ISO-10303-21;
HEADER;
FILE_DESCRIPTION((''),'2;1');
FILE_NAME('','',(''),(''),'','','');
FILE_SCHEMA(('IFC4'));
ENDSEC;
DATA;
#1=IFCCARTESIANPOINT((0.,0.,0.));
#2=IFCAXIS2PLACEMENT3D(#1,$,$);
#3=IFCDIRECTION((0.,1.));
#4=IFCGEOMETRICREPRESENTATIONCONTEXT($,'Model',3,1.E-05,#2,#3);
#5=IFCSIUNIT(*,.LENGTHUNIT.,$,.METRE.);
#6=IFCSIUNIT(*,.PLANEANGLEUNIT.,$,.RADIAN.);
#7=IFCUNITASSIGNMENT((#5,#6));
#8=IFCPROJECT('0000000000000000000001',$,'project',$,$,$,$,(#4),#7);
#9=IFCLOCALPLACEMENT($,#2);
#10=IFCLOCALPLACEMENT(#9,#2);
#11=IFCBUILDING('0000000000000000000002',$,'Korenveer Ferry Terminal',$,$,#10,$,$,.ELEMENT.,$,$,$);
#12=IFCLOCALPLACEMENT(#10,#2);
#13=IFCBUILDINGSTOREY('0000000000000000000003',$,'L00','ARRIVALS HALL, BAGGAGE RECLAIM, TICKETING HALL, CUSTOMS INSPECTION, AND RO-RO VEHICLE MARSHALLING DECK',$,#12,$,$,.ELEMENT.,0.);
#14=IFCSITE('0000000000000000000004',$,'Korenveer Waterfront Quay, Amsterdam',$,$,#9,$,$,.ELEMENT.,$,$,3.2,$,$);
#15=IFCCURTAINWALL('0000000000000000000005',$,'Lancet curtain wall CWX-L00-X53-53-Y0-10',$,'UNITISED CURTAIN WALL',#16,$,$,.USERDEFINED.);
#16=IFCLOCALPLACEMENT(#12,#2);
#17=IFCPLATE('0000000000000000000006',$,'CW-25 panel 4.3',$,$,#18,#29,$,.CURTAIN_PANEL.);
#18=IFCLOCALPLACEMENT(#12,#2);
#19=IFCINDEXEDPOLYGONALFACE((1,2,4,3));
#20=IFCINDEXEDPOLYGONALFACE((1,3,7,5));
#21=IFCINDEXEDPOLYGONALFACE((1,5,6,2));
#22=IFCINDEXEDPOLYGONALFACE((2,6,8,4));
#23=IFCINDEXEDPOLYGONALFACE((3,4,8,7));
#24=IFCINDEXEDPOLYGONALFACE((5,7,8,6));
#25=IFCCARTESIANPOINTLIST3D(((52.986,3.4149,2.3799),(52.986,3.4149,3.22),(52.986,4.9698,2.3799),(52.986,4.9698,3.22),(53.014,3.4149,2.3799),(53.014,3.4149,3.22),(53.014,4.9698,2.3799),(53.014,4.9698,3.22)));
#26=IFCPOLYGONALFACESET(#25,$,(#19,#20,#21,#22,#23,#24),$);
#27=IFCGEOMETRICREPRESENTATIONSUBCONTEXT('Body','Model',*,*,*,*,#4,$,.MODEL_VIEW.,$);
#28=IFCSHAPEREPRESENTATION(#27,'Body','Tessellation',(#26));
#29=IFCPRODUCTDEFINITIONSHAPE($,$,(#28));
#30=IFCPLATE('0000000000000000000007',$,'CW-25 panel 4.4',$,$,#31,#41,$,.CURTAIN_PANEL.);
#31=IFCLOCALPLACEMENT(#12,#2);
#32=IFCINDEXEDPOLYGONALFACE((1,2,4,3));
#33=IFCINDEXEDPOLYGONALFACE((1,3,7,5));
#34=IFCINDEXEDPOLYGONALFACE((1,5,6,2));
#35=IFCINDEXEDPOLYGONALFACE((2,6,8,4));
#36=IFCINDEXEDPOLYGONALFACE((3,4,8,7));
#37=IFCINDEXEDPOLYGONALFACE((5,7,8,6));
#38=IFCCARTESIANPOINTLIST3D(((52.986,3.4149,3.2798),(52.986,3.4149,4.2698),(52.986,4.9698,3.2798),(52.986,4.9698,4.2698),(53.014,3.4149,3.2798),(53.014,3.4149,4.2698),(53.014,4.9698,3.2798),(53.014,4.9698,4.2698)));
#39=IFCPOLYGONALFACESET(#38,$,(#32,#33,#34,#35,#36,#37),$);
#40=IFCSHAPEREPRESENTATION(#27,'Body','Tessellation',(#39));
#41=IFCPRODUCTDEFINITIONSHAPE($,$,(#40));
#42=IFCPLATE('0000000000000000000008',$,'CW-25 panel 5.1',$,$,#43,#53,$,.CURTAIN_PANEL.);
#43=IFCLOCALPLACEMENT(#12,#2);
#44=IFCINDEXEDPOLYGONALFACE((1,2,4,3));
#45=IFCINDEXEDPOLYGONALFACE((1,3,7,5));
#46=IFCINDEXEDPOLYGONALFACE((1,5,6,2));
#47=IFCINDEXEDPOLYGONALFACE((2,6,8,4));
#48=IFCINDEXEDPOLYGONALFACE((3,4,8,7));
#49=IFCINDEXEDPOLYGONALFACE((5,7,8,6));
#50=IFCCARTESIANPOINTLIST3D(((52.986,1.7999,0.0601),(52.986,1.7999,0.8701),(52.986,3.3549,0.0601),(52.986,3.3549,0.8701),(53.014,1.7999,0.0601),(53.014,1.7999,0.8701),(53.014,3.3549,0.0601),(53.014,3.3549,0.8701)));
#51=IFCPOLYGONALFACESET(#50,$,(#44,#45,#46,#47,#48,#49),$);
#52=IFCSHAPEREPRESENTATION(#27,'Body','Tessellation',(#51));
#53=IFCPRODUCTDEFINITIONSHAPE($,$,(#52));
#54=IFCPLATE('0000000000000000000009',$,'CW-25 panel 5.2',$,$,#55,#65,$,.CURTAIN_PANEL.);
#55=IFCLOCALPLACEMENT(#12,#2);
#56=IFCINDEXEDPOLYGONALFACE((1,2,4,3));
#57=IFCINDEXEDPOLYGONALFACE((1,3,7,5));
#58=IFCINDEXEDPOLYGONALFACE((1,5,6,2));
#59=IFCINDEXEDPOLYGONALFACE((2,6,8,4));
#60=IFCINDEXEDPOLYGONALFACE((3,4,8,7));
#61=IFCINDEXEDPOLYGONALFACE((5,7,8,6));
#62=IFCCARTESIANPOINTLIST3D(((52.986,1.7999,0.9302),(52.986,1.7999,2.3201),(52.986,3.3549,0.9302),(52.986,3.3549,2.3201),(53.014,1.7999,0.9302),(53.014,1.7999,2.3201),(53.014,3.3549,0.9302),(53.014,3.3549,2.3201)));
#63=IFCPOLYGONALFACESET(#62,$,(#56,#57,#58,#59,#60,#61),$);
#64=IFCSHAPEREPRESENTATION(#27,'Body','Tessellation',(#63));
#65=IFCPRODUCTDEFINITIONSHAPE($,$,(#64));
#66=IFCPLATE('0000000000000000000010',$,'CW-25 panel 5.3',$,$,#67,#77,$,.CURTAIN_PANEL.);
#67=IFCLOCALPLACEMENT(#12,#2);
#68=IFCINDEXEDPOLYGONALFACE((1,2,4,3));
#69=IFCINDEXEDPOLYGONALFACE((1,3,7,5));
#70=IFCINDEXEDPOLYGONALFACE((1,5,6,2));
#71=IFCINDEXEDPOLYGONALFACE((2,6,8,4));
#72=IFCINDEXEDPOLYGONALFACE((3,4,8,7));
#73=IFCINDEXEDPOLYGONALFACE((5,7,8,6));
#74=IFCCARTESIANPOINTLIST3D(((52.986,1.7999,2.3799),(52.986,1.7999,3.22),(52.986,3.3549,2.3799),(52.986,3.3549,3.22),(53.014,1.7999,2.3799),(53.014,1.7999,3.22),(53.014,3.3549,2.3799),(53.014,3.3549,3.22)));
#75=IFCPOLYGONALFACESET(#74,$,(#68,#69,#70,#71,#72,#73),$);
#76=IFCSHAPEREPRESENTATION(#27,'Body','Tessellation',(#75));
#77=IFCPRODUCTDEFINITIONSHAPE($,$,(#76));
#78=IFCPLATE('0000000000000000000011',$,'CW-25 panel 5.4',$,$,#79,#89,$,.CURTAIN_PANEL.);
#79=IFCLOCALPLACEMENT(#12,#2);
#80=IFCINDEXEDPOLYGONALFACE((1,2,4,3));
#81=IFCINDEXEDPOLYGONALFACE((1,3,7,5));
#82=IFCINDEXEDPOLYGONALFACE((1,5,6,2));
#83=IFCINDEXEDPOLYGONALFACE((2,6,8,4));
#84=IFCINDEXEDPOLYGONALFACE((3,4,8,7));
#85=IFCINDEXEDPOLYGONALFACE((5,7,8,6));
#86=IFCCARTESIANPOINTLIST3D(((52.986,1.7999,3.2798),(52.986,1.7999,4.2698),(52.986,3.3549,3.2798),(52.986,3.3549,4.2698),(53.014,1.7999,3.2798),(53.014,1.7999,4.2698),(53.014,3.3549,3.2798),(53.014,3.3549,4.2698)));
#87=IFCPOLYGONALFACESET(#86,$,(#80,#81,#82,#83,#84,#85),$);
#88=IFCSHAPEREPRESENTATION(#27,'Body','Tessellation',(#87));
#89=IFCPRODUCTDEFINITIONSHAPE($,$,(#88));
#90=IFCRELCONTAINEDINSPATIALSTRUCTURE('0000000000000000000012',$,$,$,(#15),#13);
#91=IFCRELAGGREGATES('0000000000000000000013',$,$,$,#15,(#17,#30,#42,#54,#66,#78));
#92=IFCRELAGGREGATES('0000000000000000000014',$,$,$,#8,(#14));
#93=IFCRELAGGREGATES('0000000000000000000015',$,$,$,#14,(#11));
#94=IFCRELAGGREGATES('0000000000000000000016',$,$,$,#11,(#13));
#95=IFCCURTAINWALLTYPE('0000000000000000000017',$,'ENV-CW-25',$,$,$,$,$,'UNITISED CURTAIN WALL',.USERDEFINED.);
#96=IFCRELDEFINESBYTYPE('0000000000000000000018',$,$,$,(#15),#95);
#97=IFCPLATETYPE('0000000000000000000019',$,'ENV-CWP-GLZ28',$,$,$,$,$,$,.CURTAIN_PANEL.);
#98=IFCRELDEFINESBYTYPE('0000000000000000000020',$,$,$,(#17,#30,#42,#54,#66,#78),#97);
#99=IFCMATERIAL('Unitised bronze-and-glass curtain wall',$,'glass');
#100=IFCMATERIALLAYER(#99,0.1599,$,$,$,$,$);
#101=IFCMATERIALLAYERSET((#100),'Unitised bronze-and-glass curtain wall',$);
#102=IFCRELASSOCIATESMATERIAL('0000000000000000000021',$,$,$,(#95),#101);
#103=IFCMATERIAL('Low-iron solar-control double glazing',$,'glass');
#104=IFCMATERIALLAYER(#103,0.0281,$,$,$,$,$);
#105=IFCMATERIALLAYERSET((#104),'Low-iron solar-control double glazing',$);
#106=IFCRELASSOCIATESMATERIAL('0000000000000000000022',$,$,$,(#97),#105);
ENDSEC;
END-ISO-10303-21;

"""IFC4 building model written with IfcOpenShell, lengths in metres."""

from ifc_helpers import new_model, si_unit, direction, frame, origin, origin_2d, place, context, subcontext, project, spatial, rectangle, extrude, material, layer, layer_set, type_object, element, aggregate, save


model = new_model("IFC4")

# Units and contexts
model_context = context("Model", 3, precision=1e-05, world=origin(), true_north=direction((0.0, 1.0)))
body_context = subcontext(model_context, "Body", "Model", "MODEL_VIEW")
ifc_project = project(units=[si_unit("LENGTHUNIT", "METRE"), si_unit("PLANEANGLEUNIT", "RADIAN")], contexts=[model_context])

# Site, building, storey
site_placement = place(None, origin())
site = spatial("IfcSite", under=ifc_project, at=site_placement, Name="Korenveer Waterfront Quay, Amsterdam", CompositionType="ELEMENT", RefElevation=3.2)
building_placement = place(site_placement, origin())
building = spatial("IfcBuilding", under=site, at=building_placement, Name="Korenveer Ferry Terminal", CompositionType="ELEMENT")
storey_placement = place(building_placement, origin())
storey = spatial("IfcBuildingStorey", under=building, at=storey_placement, Name="L00", Description="ARRIVALS HALL, BAGGAGE RECLAIM, TICKETING HALL, CUSTOMS INSPECTION, AND RO-RO VEHICLE MARSHALLING DECK", CompositionType="ELEMENT", Elevation=0.0)

# Curtain wall, plates
ifc_material_1 = material(Name="Unitised bronze-and-glass curtain wall", Category="glass")
ifc_layer_1 = layer(ifc_material_1, 0.1599)
ifc_layer_set_1 = layer_set([ifc_layer_1], Name="Unitised bronze-and-glass curtain wall")
curtain_wall_type = type_object("IfcCurtainWallType", Name="ENV-CW-25", ElementType="UNITISED CURTAIN WALL", PredefinedType="USERDEFINED", material=ifc_layer_set_1)
curtain_wall_placement = place(storey_placement, frame((53.0, 9.845, 0.0)))
curtain_wall = element("IfcCurtainWall", 1, at=curtain_wall_placement, inside=storey, type_object=curtain_wall_type, Name="Lancet curtain wall CWX-L00-X53-53-Y0-10", ObjectType="UNITISED CURTAIN WALL", PredefinedType="USERDEFINED")
ifc_material_2 = material(Name="Low-iron solar-control double glazing", Category="glass")
ifc_layer_2 = layer(ifc_material_2, 0.0281)
ifc_layer_set_2 = layer_set([ifc_layer_2], Name="Low-iron solar-control double glazing")
plate_type = type_object("IfcPlateType", Name="ENV-CWP-GLZ28", PredefinedType="CURTAIN_PANEL", material=ifc_layer_set_2)
plate_1_placement = place(storey_placement, frame((53.0, 4.1924, 2.3799), z_axis=(0.0, 0.0, 1.0), x_axis=(0.0, -1.0, 0.0)))
plate_1 = element("IfcPlate", 2, at=plate_1_placement, type_object=plate_type, Name="CW-25 panel 4.3", PredefinedType="CURTAIN_PANEL", context=body_context, shape_type="SweptSolid", body=[
    extrude(rectangle(XDim=1.5549, YDim=0.0281, at=origin_2d()), origin(), (0.0, 0.0, 1.0), 0.8401),
])
plate_2_placement = place(storey_placement, frame((53.0, 4.1924, 3.2798), z_axis=(0.0, 0.0, 1.0), x_axis=(0.0, -1.0, 0.0)))
plate_2 = element("IfcPlate", 3, at=plate_2_placement, type_object=plate_type, Name="CW-25 panel 4.4", PredefinedType="CURTAIN_PANEL", context=body_context, shape_type="SweptSolid", body=[
    extrude(rectangle(XDim=1.5549, YDim=0.0281, at=origin_2d()), origin(), (0.0, 0.0, 1.0), 0.99),
])
plate_3_placement = place(storey_placement, frame((53.0, 2.5774, 0.0601), z_axis=(0.0, 0.0, 1.0), x_axis=(0.0, -1.0, 0.0)))
plate_3 = element("IfcPlate", 4, at=plate_3_placement, type_object=plate_type, Name="CW-25 panel 5.1", PredefinedType="CURTAIN_PANEL", context=body_context, shape_type="SweptSolid", body=[
    extrude(rectangle(XDim=1.5549, YDim=0.0281, at=origin_2d()), origin(), (0.0, 0.0, 1.0), 0.8101),
])
plate_4_placement = place(storey_placement, frame((53.0, 2.5774, 0.9302), z_axis=(0.0, 0.0, 1.0), x_axis=(0.0, -1.0, 0.0)))
plate_4 = element("IfcPlate", 5, at=plate_4_placement, type_object=plate_type, Name="CW-25 panel 5.2", PredefinedType="CURTAIN_PANEL", context=body_context, shape_type="SweptSolid", body=[
    extrude(rectangle(XDim=1.5549, YDim=0.0281, at=origin_2d()), origin(), (0.0, 0.0, 1.0), 1.3899),
])
plate_5_placement = place(storey_placement, frame((53.0, 2.5774, 2.3799), z_axis=(0.0, 0.0, 1.0), x_axis=(0.0, -1.0, 0.0)))
plate_5 = element("IfcPlate", 6, at=plate_5_placement, type_object=plate_type, Name="CW-25 panel 5.3", PredefinedType="CURTAIN_PANEL", context=body_context, shape_type="SweptSolid", body=[
    extrude(rectangle(XDim=1.5549, YDim=0.0281, at=origin_2d()), origin(), (0.0, 0.0, 1.0), 0.8401),
])
plate_6_placement = place(storey_placement, frame((53.0, 2.5774, 3.2798), z_axis=(0.0, 0.0, 1.0), x_axis=(0.0, -1.0, 0.0)))
plate_6 = element("IfcPlate", 7, at=plate_6_placement, type_object=plate_type, Name="CW-25 panel 5.4", PredefinedType="CURTAIN_PANEL", context=body_context, shape_type="SweptSolid", body=[
    extrude(rectangle(XDim=1.5549, YDim=0.0281, at=origin_2d()), origin(), (0.0, 0.0, 1.0), 0.99),
])
aggregate(curtain_wall, [plate_1, plate_2, plate_3, plate_4, plate_5, plate_6])

save(model, "model.ifc")
